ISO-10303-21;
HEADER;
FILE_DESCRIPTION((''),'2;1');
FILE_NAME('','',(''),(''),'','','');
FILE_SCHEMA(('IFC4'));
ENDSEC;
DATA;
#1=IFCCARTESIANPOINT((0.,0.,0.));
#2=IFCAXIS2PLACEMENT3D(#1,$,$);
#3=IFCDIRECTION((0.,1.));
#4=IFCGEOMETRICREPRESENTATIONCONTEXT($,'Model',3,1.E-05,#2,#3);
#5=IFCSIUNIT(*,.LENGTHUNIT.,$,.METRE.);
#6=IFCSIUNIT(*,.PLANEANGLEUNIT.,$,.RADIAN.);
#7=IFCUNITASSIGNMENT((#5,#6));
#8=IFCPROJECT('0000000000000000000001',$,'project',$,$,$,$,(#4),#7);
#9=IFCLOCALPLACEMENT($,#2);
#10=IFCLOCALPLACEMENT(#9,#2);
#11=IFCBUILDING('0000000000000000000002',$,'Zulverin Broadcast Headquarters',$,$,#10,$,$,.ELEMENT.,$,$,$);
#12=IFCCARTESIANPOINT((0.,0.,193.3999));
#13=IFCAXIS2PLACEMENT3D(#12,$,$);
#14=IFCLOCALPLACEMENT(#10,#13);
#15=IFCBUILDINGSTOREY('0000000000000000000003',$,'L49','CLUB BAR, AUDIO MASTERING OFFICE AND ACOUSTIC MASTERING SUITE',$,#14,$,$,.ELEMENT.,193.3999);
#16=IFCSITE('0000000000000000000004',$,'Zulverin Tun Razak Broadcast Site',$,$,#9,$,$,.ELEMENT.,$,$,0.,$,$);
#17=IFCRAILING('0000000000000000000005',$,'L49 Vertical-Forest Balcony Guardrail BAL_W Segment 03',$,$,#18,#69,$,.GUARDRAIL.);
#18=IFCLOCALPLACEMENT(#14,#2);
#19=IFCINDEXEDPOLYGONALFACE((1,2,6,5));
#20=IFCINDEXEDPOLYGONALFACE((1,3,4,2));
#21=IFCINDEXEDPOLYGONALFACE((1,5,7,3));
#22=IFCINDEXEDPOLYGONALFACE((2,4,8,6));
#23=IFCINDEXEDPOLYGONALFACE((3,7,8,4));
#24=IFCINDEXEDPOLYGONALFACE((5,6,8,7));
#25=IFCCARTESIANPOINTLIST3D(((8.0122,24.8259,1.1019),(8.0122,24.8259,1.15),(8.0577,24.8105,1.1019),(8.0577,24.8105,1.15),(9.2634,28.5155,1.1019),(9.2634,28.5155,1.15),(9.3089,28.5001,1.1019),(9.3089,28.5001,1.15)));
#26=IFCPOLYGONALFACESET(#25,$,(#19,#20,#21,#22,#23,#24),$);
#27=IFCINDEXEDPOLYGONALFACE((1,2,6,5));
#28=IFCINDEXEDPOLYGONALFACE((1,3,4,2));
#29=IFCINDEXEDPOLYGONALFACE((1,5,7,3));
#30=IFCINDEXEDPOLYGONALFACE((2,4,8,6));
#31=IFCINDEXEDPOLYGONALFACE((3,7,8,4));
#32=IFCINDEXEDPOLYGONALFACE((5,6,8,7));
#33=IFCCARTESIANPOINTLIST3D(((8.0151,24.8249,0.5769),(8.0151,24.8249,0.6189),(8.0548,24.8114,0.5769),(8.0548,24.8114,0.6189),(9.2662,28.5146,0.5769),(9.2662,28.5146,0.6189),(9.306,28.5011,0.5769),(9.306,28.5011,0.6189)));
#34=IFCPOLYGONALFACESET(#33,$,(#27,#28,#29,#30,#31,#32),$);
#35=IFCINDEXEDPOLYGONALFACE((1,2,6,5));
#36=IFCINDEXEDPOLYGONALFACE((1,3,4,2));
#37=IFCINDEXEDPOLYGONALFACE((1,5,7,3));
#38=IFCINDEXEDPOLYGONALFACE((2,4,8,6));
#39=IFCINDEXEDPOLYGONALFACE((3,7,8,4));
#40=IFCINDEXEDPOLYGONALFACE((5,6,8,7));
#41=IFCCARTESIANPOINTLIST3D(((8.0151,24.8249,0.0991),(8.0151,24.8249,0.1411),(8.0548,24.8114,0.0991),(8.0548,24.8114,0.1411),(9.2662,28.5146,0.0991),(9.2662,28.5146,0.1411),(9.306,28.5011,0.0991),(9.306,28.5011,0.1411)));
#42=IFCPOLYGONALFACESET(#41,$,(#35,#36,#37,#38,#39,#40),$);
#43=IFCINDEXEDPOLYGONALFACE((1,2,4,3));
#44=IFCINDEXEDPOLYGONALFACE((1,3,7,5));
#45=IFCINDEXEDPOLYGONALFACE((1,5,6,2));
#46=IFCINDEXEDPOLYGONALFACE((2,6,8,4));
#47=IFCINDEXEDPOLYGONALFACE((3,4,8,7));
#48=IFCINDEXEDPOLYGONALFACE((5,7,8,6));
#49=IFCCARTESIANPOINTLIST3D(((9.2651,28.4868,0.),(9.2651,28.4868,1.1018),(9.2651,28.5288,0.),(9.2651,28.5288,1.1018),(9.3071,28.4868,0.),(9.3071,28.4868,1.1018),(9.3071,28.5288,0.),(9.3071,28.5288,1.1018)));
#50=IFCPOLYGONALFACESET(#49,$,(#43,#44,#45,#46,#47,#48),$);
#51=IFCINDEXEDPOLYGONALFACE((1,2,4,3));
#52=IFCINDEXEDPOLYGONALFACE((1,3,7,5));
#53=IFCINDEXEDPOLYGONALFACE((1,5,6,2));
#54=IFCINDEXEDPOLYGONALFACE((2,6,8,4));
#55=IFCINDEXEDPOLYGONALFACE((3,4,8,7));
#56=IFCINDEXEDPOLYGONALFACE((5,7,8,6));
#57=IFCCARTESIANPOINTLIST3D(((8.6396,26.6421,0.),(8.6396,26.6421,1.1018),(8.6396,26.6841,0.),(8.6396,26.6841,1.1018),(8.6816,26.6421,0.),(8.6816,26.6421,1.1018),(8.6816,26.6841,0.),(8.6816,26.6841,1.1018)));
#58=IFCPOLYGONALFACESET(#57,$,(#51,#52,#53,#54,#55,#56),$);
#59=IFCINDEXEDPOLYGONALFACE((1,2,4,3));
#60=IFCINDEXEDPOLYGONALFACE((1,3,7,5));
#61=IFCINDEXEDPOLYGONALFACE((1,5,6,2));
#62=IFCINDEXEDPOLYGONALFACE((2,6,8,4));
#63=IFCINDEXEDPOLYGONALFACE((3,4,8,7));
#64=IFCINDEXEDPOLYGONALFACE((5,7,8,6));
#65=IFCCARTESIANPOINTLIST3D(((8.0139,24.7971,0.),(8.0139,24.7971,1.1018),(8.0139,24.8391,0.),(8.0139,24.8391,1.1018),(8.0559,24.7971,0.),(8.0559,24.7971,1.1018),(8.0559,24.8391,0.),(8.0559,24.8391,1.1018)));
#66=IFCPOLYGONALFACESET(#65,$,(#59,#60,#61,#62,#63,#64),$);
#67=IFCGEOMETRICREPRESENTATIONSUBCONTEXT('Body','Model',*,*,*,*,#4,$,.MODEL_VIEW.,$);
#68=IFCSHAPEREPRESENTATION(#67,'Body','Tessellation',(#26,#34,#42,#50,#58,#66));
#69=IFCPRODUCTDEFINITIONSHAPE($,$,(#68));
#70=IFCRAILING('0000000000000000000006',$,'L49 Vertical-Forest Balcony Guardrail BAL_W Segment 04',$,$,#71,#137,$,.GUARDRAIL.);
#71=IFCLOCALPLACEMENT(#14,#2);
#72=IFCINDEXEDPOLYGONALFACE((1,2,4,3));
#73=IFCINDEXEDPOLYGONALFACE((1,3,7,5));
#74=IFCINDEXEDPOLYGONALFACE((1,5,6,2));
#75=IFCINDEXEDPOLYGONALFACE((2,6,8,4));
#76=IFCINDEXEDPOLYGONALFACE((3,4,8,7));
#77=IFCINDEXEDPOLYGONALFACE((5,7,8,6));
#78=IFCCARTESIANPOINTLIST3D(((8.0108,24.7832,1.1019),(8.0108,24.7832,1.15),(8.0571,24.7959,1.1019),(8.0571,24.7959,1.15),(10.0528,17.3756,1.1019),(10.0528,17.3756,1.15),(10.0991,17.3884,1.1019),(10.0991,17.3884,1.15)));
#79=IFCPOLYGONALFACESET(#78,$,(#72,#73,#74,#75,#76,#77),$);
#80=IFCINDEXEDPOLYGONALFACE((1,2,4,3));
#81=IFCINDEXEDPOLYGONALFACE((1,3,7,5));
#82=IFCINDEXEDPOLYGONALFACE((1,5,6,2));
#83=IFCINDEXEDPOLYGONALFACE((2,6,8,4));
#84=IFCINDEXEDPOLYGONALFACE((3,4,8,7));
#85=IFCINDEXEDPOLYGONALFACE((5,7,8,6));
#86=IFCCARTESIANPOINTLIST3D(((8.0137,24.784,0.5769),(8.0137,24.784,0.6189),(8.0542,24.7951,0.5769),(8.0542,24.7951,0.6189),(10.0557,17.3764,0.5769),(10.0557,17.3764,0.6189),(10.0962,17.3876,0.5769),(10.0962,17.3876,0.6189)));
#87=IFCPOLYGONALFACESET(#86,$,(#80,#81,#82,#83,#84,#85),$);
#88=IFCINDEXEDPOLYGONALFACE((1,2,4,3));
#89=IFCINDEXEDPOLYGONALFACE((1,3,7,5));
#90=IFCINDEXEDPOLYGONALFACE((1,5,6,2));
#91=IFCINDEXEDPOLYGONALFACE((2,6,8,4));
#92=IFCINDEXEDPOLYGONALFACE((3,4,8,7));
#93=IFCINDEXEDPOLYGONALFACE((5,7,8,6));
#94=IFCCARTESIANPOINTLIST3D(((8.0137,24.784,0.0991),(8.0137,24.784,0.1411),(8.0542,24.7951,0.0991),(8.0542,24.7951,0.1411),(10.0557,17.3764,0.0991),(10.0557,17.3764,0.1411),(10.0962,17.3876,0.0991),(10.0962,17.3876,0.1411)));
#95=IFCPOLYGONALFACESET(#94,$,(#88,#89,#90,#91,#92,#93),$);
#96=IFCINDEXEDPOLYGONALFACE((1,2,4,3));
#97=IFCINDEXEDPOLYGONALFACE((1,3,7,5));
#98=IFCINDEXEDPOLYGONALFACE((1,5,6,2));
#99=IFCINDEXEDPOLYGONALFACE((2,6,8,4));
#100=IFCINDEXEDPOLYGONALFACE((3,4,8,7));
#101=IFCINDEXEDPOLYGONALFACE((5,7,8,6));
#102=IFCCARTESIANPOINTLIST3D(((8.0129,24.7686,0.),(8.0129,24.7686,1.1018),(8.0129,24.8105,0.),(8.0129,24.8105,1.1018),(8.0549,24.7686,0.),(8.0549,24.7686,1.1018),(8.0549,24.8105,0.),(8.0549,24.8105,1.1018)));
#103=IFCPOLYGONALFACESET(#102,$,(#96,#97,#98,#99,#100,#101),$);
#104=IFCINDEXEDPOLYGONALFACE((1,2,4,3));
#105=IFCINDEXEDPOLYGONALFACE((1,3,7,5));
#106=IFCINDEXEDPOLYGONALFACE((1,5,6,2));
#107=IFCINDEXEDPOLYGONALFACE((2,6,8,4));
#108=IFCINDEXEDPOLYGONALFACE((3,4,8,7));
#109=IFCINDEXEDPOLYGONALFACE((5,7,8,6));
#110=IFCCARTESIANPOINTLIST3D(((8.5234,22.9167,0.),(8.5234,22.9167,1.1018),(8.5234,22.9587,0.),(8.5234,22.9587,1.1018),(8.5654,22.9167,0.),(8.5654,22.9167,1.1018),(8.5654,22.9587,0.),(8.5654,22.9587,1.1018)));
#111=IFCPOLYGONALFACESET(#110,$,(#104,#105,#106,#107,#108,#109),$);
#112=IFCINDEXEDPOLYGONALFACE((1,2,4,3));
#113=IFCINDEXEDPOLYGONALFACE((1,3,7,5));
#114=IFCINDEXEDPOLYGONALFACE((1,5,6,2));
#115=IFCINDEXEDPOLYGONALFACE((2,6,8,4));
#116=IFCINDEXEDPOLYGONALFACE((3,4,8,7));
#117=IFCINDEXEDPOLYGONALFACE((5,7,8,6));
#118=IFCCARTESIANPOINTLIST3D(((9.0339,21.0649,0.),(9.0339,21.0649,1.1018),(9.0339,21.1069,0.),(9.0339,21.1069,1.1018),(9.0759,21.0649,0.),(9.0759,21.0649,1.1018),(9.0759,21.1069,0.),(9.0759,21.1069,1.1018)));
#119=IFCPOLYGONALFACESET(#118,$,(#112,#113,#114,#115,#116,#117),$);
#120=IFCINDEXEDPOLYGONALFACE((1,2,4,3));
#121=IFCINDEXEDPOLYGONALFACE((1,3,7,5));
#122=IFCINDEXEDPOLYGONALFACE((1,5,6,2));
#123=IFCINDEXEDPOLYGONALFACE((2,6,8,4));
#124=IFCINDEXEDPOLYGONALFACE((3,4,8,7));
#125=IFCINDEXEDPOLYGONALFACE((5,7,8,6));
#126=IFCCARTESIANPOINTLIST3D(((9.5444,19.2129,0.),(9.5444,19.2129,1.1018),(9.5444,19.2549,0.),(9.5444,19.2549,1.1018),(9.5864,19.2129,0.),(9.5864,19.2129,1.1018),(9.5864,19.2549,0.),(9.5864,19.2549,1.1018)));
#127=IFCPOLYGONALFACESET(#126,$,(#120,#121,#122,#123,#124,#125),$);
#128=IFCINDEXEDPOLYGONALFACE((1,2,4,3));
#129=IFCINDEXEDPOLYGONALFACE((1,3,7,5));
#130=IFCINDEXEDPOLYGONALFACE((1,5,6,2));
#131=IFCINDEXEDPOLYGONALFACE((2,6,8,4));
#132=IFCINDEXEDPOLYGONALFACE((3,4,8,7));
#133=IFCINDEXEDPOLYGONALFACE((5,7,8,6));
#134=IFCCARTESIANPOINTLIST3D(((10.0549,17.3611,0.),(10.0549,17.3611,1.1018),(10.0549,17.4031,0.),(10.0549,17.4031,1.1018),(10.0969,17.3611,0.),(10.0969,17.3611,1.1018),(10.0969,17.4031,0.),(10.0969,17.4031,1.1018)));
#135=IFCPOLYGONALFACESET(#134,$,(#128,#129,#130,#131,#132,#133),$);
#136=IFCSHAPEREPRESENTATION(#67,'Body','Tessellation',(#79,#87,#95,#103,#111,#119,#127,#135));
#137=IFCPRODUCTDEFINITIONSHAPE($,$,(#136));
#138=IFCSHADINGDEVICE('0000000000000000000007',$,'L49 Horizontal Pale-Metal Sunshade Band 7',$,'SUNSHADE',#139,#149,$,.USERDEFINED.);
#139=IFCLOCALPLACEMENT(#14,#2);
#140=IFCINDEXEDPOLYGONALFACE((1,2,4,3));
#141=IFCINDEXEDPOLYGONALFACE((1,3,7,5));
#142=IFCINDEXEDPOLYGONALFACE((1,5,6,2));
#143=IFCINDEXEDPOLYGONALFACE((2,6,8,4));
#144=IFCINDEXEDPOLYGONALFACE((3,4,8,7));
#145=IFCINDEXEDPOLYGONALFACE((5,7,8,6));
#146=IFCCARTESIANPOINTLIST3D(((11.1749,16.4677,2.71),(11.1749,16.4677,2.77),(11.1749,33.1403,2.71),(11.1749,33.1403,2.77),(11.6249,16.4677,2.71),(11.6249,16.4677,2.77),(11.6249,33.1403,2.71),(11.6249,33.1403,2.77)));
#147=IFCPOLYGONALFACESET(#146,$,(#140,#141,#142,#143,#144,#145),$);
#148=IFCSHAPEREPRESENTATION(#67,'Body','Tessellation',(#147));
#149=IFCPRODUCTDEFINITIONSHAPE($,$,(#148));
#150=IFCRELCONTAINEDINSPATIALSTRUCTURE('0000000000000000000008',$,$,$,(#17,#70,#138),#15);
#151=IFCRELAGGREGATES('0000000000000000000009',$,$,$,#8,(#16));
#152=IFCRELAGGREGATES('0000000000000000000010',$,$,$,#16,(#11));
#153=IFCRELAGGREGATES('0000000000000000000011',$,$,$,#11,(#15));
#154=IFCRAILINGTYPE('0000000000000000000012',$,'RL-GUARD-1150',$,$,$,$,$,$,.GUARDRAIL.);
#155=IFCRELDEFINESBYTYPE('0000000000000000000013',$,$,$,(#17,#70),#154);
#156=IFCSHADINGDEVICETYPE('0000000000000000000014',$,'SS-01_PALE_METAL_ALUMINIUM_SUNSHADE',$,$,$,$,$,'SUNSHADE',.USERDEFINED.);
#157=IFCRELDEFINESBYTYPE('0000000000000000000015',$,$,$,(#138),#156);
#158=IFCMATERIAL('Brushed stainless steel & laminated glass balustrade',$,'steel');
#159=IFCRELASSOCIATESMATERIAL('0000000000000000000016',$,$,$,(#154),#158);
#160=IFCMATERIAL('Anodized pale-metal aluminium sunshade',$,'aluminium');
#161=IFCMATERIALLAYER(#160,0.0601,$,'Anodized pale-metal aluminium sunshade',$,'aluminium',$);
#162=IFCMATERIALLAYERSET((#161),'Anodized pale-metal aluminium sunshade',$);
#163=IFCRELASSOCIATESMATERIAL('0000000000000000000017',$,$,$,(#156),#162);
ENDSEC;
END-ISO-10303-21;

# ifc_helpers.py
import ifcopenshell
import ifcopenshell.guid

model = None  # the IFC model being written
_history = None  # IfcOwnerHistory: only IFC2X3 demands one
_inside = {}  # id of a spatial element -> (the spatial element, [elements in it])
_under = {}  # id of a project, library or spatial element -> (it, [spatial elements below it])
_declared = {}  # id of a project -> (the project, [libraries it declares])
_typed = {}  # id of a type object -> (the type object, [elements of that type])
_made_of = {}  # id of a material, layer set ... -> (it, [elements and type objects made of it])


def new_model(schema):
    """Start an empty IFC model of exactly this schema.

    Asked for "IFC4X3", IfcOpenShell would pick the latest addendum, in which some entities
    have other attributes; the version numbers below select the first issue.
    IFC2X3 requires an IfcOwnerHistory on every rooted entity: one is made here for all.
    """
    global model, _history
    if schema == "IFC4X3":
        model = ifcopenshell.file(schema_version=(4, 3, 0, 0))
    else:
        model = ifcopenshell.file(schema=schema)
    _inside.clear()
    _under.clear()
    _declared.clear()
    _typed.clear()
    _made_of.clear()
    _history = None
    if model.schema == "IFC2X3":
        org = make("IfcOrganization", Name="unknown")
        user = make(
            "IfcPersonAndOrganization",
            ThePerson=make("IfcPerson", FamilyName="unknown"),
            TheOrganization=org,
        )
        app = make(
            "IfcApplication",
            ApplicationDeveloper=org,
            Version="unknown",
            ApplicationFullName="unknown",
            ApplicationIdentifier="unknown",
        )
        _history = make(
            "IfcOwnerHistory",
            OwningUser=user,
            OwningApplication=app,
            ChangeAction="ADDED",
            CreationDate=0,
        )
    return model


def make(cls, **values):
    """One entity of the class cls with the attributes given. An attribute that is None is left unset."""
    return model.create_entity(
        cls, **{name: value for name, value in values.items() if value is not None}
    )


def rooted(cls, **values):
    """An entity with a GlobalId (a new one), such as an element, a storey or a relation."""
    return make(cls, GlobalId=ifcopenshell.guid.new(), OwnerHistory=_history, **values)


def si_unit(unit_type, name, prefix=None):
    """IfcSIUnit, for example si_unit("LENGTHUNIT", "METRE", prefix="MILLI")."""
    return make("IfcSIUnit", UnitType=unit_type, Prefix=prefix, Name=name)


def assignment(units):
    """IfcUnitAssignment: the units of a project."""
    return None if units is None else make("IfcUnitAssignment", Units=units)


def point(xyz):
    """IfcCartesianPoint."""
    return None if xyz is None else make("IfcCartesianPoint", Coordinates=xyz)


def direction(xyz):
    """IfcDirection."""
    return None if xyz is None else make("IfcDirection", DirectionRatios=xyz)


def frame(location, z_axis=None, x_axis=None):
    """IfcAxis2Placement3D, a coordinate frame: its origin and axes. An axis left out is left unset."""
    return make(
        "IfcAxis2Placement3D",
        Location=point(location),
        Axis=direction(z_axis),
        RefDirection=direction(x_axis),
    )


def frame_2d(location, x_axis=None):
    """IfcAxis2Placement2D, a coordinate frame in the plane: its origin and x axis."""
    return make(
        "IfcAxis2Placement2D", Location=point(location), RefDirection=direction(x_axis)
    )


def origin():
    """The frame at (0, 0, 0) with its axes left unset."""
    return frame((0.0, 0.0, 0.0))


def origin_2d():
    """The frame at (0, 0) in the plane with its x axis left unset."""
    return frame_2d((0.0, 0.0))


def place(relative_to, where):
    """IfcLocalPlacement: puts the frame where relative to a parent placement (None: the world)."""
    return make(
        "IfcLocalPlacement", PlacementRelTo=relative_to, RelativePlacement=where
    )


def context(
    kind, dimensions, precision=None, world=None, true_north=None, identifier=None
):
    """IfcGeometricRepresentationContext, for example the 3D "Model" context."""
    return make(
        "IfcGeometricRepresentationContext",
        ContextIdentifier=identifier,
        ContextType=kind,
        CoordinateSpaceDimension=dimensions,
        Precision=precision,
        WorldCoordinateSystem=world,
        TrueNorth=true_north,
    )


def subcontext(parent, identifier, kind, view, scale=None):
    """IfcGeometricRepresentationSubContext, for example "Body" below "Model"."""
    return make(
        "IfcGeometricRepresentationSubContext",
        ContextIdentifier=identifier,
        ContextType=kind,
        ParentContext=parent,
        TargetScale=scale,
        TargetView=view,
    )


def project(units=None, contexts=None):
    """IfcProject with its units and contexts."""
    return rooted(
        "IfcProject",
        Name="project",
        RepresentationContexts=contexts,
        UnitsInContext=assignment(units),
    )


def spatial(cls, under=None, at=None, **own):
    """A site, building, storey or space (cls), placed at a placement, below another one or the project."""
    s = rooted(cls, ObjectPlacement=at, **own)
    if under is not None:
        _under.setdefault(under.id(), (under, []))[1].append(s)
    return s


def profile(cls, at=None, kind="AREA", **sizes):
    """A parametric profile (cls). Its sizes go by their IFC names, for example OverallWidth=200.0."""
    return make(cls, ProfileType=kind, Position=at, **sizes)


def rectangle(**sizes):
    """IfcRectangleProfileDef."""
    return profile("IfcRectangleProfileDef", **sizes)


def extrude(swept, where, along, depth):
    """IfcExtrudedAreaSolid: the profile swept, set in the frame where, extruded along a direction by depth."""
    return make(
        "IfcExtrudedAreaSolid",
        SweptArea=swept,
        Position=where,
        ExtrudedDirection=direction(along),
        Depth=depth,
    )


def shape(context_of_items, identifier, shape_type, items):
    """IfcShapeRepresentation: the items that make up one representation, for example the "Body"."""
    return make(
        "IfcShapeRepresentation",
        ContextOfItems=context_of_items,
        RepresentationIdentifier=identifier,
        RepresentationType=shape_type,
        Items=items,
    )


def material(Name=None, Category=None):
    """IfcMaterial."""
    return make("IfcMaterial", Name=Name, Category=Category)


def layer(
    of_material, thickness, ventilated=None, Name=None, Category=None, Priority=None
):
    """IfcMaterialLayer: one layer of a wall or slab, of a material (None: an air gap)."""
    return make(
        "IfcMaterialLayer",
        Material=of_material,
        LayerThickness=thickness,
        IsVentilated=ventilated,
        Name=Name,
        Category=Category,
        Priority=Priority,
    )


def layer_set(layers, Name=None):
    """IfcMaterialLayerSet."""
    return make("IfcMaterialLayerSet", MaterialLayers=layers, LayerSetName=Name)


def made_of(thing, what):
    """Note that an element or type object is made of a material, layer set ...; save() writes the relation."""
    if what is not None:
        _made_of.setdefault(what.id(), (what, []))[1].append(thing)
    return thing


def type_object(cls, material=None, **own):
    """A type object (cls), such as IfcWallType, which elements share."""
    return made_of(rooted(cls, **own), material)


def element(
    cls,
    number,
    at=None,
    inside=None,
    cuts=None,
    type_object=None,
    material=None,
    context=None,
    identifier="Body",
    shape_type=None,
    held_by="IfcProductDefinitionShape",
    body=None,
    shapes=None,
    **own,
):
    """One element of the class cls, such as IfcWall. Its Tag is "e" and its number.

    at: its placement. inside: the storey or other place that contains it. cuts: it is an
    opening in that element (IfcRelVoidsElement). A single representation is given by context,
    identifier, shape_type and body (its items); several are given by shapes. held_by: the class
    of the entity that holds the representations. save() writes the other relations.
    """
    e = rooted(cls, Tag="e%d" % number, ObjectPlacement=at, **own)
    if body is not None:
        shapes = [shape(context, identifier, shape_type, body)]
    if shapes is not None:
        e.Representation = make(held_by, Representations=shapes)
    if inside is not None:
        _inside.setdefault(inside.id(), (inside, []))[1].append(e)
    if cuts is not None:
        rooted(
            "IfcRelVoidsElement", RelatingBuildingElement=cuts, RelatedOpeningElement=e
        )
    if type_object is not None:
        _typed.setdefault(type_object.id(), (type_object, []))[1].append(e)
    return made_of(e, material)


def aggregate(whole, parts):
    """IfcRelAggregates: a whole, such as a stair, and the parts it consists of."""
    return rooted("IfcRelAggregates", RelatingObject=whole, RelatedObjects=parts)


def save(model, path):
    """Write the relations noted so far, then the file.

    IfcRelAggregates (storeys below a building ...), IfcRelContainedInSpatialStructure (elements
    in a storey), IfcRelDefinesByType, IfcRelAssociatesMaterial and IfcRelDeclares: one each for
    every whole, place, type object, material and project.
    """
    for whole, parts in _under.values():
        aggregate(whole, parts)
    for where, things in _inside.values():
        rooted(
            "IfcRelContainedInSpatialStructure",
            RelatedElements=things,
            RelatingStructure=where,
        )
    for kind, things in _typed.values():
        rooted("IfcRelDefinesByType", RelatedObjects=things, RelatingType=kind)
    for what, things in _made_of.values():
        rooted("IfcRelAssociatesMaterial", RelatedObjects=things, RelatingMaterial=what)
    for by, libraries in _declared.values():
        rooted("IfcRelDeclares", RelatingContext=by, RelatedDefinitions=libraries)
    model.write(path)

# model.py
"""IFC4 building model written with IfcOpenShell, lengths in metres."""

from ifc_helpers import new_model, si_unit, direction, frame, origin, origin_2d, place, context, subcontext, project, spatial, rectangle, extrude, material, layer, layer_set, type_object, element, save


model = new_model("IFC4")

# Units and contexts
model_context = context("Model", 3, precision=1e-05, world=origin(), true_north=direction((0.0, 1.0)))
body_context = subcontext(model_context, "Body", "Model", "MODEL_VIEW")
ifc_project = project(units=[si_unit("LENGTHUNIT", "METRE"), si_unit("PLANEANGLEUNIT", "RADIAN")], contexts=[model_context])

# Site, building, storey
site_placement = place(None, origin())
site = spatial("IfcSite", under=ifc_project, at=site_placement, Name="Zulverin Tun Razak Broadcast Site", CompositionType="ELEMENT", RefElevation=0.0)
building_placement = place(site_placement, origin())
building = spatial("IfcBuilding", under=site, at=building_placement, Name="Zulverin Broadcast Headquarters", CompositionType="ELEMENT")
storey_placement = place(building_placement, frame((0.0, 0.0, 193.3999)))
storey = spatial("IfcBuildingStorey", under=building, at=storey_placement, Name="L49", Description="CLUB BAR, AUDIO MASTERING OFFICE AND ACOUSTIC MASTERING SUITE", CompositionType="ELEMENT", Elevation=193.3999)

# Railings
ifc_material_1 = material(Name="Brushed stainless steel & laminated glass balustrade", Category="steel")
railing_type = type_object("IfcRailingType", Name="RL-GUARD-1150", PredefinedType="GUARDRAIL", material=ifc_material_1)
railing_1_placement = place(storey_placement, frame((9.2861, 28.5078, 0.0)))
element("IfcRailing", 1, at=railing_1_placement, inside=storey, type_object=railing_type, Name="L49 Vertical-Forest Balcony Guardrail BAL_W Segment 03", PredefinedType="GUARDRAIL", context=body_context, shape_type="SweptSolid", body=[
    extrude(rectangle(XDim=0.0481, YDim=0.0481, at=origin_2d()), frame((0.0, 0.0, 1.126), z_axis=(-0.321149, -0.947029, 0.0), x_axis=(0.947029, -0.321149, 0.0)), (0.0, 0.0, 1.0), 3.896),
    extrude(rectangle(XDim=0.042, YDim=0.042, at=origin_2d()), frame((0.0, 0.0, 0.5979), z_axis=(-0.321149, -0.947029, 0.0), x_axis=(0.947029, -0.321149, 0.0)), (0.0, 0.0, 1.0), 3.896),
    extrude(rectangle(XDim=0.042, YDim=0.042, at=origin_2d()), frame((0.0, 0.0, 0.1201), z_axis=(-0.321149, -0.947029, 0.0), x_axis=(0.947029, -0.321149, 0.0)), (0.0, 0.0, 1.0), 3.896),
    extrude(rectangle(XDim=0.042, YDim=0.042, at=origin_2d()), origin(), (0.0, 0.0, 1.0), 1.1018),
    extrude(rectangle(XDim=0.042, YDim=0.042, at=origin_2d()), frame((-0.6255, -1.8447, 0.0)), (0.0, 0.0, 1.0), 1.1018),
    extrude(rectangle(XDim=0.042, YDim=0.042, at=origin_2d()), frame((-1.2512, -3.6897, 0.0)), (0.0, 0.0, 1.0), 1.1018),
])
railing_2_placement = place(storey_placement, frame((8.0339, 24.7896, 0.0)))
element("IfcRailing", 2, at=railing_2_placement, inside=storey, type_object=railing_type, Name="L49 Vertical-Forest Balcony Guardrail BAL_W Segment 04", PredefinedType="GUARDRAIL", context=body_context, shape_type="SweptSolid", body=[
    extrude(rectangle(XDim=0.0481, YDim=0.0481, at=origin_2d()), frame((0.0, 0.0, 1.126), z_axis=(0.265754, -0.964041, 0.0), x_axis=(0.964041, 0.265754, 0.0)), (0.0, 0.0, 1.0), 7.6838),
    extrude(rectangle(XDim=0.042, YDim=0.042, at=origin_2d()), frame((0.0, 0.0, 0.5979), z_axis=(0.265754, -0.964041, 0.0), x_axis=(0.964041, 0.265754, 0.0)), (0.0, 0.0, 1.0), 7.6838),
    extrude(rectangle(XDim=0.042, YDim=0.042, at=origin_2d()), frame((0.0, 0.0, 0.1201), z_axis=(0.265754, -0.964041, 0.0), x_axis=(0.964041, 0.265754, 0.0)), (0.0, 0.0, 1.0), 7.6838),
    extrude(rectangle(XDim=0.042, YDim=0.042, at=origin_2d()), origin(), (0.0, 0.0, 1.0), 1.1018),
    extrude(rectangle(XDim=0.042, YDim=0.042, at=origin_2d()), frame((0.5105, -1.8518, 0.0)), (0.0, 0.0, 1.0), 1.1018),
    extrude(rectangle(XDim=0.042, YDim=0.042, at=origin_2d()), frame((1.021, -3.7036, 0.0)), (0.0, 0.0, 1.0), 1.1018),
    extrude(rectangle(XDim=0.042, YDim=0.042, at=origin_2d()), frame((1.5315, -5.5557, 0.0)), (0.0, 0.0, 1.0), 1.1018),
    extrude(rectangle(XDim=0.042, YDim=0.042, at=origin_2d()), frame((2.042, -7.4075, 0.0)), (0.0, 0.0, 1.0), 1.1018),
])

# Shading device
ifc_material_2 = material(Name="Anodized pale-metal aluminium sunshade", Category="aluminium")
ifc_layer_1 = layer(ifc_material_2, 0.0601, Name="Anodized pale-metal aluminium sunshade", Category="aluminium")
ifc_layer_set_1 = layer_set([ifc_layer_1], Name="Anodized pale-metal aluminium sunshade")
shading_device_type = type_object("IfcShadingDeviceType", Name="SS-01_PALE_METAL_ALUMINIUM_SUNSHADE", ElementType="SUNSHADE", PredefinedType="USERDEFINED", material=ifc_layer_set_1)
shading_device_placement = place(storey_placement, frame((11.3999, 24.804, 2.71), z_axis=(0.0, 0.0, 1.0), x_axis=(0.0, -1.0, 0.0)))
element("IfcShadingDevice", 3, at=shading_device_placement, inside=storey, type_object=shading_device_type, Name="L49 Horizontal Pale-Metal Sunshade Band 7", ObjectType="SUNSHADE", PredefinedType="USERDEFINED", context=body_context, shape_type="SweptSolid", body=[
    extrude(rectangle(XDim=16.6726, YDim=0.45, at=origin_2d()), origin(), (0.0, 0.0, 1.0), 0.0601),
])

save(model, "model.ifc")
